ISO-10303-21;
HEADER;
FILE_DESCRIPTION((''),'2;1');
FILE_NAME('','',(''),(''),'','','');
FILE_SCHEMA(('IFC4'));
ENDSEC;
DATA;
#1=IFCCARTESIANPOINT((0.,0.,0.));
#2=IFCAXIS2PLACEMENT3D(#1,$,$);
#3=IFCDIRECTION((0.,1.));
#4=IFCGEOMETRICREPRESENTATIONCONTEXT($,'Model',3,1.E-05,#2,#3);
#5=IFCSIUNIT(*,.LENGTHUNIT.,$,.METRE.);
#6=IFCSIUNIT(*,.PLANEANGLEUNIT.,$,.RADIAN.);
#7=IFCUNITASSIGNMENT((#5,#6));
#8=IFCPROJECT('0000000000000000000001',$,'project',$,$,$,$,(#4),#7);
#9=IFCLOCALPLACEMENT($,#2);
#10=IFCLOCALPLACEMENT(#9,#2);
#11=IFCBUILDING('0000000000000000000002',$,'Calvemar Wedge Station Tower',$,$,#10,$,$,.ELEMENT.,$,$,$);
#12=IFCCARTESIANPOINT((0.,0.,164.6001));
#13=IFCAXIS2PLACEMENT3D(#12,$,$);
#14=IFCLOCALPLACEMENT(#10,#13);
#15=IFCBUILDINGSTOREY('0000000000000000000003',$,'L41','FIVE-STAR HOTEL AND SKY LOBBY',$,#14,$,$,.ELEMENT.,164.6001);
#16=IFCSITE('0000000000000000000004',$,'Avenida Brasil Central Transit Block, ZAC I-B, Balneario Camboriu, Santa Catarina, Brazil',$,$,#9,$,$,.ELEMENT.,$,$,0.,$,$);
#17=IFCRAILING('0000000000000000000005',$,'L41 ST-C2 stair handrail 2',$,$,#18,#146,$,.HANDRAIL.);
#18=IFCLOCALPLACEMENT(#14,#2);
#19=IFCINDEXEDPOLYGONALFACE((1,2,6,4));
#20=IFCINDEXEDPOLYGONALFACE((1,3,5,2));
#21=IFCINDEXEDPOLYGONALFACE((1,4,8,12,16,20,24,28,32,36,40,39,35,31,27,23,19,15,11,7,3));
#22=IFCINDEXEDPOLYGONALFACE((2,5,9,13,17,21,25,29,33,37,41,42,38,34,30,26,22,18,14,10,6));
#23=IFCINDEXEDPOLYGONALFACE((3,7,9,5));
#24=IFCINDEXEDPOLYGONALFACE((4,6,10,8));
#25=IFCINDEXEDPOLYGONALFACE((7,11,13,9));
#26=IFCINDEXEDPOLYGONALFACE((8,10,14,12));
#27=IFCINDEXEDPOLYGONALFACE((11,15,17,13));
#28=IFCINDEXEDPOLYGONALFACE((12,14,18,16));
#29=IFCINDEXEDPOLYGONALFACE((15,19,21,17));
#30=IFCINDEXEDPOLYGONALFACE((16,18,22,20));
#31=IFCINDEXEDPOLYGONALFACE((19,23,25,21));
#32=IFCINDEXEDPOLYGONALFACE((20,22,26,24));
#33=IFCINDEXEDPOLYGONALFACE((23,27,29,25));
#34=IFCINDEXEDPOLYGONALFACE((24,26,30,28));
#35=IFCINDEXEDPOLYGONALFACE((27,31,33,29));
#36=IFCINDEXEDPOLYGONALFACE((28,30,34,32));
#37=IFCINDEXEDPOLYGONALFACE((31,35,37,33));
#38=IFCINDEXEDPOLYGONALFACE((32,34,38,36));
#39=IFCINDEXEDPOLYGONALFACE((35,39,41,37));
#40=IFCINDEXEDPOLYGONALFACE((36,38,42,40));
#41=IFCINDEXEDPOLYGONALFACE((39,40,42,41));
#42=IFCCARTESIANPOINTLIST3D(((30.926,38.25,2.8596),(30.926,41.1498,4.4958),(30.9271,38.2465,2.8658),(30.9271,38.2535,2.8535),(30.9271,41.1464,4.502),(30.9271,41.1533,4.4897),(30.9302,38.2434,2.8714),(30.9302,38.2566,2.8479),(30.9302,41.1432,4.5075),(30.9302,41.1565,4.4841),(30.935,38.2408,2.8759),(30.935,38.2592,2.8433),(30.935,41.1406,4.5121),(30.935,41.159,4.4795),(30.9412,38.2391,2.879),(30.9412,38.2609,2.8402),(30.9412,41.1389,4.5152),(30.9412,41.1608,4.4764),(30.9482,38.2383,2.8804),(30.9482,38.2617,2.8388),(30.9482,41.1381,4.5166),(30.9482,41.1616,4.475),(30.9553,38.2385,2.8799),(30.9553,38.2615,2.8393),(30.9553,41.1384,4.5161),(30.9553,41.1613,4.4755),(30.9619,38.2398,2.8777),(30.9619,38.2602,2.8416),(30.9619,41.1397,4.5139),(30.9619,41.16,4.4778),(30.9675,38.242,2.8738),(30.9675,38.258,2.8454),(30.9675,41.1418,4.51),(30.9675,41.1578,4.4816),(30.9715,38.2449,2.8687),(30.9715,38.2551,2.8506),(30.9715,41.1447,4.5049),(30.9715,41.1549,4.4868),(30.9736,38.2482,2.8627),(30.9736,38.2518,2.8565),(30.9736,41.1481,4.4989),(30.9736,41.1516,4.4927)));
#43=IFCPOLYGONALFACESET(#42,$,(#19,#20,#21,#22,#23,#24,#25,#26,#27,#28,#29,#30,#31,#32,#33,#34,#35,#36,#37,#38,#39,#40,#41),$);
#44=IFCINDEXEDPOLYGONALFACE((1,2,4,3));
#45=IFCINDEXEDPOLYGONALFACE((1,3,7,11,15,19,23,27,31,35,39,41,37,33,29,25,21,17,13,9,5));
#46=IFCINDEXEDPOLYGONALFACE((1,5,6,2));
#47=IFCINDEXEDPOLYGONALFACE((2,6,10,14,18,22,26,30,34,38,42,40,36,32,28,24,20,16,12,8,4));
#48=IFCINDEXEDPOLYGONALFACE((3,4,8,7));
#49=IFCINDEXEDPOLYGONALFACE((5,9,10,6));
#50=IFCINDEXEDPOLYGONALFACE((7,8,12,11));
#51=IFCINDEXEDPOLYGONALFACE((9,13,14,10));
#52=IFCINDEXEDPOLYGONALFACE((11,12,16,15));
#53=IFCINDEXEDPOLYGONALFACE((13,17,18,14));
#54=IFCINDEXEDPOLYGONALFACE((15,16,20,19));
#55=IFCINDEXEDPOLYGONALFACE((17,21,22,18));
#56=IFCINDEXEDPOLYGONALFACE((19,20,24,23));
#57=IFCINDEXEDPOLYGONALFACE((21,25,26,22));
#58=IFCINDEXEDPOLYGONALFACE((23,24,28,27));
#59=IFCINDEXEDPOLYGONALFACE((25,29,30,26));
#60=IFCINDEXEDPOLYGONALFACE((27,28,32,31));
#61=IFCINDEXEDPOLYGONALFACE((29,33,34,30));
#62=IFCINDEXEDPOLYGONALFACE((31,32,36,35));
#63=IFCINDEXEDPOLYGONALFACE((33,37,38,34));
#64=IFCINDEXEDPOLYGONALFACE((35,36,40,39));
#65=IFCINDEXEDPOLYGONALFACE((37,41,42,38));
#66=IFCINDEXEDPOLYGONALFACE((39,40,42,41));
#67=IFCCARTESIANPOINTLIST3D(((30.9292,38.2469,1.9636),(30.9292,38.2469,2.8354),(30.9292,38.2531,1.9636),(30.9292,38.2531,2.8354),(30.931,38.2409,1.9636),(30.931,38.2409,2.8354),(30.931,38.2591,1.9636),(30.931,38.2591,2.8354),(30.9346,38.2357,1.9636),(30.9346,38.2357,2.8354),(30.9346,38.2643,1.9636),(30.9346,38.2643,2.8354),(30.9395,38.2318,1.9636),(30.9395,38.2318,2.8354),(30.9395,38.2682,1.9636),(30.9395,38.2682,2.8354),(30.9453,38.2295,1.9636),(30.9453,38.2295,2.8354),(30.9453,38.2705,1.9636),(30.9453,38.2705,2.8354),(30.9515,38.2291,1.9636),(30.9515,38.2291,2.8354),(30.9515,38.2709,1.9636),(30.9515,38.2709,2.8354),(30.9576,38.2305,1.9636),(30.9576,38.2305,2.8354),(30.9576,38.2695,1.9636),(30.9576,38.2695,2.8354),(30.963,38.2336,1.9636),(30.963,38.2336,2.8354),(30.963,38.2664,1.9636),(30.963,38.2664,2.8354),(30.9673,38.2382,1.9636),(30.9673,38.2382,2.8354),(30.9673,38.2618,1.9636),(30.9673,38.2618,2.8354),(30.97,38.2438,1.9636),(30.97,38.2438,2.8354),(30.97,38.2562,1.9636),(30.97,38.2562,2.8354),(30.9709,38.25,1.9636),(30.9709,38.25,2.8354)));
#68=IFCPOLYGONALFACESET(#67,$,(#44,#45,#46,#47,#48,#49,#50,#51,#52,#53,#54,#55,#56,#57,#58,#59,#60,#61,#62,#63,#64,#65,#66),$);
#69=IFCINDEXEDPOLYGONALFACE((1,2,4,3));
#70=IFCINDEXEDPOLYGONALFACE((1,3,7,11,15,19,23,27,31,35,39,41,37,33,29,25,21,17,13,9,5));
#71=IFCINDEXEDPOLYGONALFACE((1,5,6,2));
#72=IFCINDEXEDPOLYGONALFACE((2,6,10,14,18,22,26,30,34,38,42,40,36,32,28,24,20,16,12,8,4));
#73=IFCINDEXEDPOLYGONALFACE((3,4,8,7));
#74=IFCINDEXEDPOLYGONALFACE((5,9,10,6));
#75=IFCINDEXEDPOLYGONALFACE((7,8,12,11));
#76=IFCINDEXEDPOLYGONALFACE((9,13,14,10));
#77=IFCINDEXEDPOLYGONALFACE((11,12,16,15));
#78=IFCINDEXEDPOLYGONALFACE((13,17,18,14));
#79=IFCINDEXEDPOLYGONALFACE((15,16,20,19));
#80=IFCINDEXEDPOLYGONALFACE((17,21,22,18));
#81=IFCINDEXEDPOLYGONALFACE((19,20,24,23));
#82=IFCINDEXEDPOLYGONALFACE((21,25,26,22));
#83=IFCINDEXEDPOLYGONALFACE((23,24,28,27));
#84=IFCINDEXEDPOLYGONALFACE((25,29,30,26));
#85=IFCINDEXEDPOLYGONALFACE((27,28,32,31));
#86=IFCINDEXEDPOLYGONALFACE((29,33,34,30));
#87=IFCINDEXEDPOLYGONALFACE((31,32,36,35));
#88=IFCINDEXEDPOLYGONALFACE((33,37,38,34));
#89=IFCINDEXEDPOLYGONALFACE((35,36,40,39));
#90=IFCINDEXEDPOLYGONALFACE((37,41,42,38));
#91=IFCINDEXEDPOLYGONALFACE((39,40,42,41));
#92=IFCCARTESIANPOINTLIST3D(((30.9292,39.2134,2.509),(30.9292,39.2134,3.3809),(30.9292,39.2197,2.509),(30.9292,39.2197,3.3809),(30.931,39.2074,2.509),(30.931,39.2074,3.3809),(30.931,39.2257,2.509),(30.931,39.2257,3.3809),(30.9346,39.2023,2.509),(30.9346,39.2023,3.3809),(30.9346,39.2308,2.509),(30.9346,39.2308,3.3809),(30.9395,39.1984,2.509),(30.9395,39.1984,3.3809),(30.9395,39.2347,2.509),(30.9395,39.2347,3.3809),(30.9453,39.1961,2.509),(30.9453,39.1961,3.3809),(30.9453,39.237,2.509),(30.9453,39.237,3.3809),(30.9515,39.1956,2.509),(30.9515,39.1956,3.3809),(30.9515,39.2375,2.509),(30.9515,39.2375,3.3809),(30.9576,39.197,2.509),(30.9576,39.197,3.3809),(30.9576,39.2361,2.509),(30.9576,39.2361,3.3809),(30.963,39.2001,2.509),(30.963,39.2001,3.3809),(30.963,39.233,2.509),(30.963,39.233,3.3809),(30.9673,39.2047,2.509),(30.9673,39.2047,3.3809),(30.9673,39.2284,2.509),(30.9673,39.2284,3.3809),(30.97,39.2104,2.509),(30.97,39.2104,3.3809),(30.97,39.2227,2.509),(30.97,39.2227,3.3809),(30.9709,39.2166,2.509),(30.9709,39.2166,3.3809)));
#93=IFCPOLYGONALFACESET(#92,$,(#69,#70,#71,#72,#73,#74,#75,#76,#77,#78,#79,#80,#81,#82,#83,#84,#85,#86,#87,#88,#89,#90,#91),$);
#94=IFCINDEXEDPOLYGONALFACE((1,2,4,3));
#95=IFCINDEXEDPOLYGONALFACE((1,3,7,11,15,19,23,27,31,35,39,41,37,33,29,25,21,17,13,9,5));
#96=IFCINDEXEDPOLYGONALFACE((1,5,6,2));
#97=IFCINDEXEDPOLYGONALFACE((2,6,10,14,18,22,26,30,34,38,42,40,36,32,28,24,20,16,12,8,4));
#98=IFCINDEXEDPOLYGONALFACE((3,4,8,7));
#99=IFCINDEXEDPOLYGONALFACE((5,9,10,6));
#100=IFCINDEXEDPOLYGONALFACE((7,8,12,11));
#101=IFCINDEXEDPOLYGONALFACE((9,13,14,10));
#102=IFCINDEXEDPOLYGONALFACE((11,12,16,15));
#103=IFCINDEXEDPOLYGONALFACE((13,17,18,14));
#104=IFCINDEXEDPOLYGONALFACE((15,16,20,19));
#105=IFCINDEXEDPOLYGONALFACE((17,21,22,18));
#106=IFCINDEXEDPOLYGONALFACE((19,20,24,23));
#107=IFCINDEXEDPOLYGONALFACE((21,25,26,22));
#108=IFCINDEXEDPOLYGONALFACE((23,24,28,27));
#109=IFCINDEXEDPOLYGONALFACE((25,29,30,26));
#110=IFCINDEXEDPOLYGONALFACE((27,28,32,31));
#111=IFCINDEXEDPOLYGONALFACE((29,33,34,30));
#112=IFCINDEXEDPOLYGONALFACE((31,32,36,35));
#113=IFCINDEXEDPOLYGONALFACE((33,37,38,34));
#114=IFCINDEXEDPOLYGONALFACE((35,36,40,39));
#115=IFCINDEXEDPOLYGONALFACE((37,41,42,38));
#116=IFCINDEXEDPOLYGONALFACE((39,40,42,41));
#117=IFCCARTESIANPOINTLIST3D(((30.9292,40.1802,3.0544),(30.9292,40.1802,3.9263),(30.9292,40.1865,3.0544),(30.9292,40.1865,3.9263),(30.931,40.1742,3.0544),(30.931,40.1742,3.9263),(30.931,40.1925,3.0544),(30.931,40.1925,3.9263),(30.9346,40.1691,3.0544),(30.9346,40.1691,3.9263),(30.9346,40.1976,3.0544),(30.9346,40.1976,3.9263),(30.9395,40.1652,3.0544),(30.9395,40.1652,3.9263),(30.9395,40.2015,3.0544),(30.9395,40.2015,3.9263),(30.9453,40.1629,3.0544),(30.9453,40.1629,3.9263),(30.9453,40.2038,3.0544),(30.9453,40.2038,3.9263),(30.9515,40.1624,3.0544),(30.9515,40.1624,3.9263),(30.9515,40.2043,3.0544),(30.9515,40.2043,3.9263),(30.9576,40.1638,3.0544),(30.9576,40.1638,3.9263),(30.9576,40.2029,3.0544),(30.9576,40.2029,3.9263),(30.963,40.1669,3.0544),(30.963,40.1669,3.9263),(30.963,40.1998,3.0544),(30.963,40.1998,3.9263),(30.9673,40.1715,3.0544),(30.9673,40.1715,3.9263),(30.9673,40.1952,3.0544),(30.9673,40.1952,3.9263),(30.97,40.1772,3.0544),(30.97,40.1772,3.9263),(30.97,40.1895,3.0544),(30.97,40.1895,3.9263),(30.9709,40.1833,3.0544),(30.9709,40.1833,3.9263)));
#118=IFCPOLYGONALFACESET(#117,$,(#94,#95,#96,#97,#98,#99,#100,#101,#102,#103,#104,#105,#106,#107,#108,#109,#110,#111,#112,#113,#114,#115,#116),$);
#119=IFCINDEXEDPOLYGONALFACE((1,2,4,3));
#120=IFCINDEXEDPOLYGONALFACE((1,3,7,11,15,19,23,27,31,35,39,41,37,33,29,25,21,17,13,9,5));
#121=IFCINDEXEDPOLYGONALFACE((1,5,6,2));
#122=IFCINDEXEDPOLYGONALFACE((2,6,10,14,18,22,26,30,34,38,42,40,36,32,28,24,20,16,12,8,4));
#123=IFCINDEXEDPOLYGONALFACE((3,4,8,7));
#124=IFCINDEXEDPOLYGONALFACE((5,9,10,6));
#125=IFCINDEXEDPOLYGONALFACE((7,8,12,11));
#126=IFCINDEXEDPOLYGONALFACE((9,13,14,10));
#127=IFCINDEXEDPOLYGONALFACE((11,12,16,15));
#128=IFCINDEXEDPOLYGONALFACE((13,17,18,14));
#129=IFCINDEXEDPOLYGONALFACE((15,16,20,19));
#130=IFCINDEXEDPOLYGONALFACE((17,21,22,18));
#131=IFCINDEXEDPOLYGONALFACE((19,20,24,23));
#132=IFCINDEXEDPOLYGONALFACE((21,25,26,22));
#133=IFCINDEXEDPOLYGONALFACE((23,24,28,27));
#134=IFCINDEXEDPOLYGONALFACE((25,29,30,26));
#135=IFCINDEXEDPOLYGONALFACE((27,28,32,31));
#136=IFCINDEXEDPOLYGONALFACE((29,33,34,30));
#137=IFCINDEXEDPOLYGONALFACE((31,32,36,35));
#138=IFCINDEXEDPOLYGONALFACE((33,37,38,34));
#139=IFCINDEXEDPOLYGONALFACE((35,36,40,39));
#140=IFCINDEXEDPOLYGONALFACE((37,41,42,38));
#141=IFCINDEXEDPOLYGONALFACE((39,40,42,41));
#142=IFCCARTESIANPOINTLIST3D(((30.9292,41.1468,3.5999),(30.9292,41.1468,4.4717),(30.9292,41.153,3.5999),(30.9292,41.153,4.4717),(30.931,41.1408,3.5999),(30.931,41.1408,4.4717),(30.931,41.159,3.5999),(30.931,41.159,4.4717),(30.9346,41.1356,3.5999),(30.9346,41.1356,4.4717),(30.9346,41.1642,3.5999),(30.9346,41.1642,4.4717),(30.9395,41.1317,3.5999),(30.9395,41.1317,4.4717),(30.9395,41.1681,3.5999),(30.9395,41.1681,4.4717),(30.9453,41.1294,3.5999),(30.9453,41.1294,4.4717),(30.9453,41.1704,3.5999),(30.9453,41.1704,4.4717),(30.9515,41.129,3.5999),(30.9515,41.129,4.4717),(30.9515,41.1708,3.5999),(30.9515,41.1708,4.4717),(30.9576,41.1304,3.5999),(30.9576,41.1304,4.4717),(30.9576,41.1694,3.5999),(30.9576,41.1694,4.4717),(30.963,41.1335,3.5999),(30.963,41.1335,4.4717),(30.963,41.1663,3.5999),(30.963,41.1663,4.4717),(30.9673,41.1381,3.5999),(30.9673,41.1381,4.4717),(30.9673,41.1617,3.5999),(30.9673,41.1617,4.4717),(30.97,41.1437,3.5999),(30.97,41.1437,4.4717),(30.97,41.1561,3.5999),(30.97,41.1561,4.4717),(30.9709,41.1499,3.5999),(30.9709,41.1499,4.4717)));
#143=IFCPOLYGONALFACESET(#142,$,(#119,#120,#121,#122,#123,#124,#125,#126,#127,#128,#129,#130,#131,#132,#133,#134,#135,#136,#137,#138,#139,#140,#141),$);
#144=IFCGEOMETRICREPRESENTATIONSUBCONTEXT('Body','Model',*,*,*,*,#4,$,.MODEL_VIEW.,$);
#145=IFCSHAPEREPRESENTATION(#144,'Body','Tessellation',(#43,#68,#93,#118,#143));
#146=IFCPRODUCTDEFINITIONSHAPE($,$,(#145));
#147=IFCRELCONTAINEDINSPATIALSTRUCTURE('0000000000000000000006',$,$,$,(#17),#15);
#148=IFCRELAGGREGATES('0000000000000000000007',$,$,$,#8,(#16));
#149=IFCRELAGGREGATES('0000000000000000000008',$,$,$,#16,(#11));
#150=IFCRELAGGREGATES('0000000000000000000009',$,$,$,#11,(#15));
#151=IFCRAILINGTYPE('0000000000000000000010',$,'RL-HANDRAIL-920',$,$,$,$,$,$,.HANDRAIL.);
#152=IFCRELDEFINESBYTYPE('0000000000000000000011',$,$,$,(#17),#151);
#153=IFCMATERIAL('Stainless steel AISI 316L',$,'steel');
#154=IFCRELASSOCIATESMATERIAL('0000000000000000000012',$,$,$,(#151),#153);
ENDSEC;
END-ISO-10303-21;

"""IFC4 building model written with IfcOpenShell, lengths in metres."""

from ifc_helpers import new_model, si_unit, direction, frame, origin, origin_2d, place, context, subcontext, project, spatial, circle, extrude, material, type_object, element, save


model = new_model("IFC4")

# Units and contexts
model_context = context("Model", 3, precision=1e-05, world=origin(), true_north=direction((0.0, 1.0)))
body_context = subcontext(model_context, "Body", "Model", "MODEL_VIEW")
ifc_project = project(units=[si_unit("LENGTHUNIT", "METRE"), si_unit("PLANEANGLEUNIT", "RADIAN")], contexts=[model_context])

# Site, building, storey
site_placement = place(None, origin())
site = spatial("IfcSite", under=ifc_project, at=site_placement, Name="Avenida Brasil Central Transit Block, ZAC I-B, Balneario Camboriu, Santa Catarina, Brazil", CompositionType="ELEMENT", RefElevation=0.0)
building_placement = place(site_placement, origin())
building = spatial("IfcBuilding", under=site, at=building_placement, Name="Calvemar Wedge Station Tower", CompositionType="ELEMENT")
storey_placement = place(building_placement, frame((0.0, 0.0, 164.6001)))
storey = spatial("IfcBuildingStorey", under=building, at=storey_placement, Name="L41", Description="FIVE-STAR HOTEL AND SKY LOBBY", CompositionType="ELEMENT", Elevation=164.6001)

# Railing
ifc_material_1 = material(Name="Stainless steel AISI 316L", Category="steel")
railing_type_1 = type_object("IfcRailingType", Name="RL-HANDRAIL-920", PredefinedType="HANDRAIL", material=ifc_material_1)
railing_1_placement = place(storey_placement, frame((30.95, 38.25, 1.9636)))
element("IfcRailing", 1, at=railing_1_placement, inside=storey, type_object=railing_type_1, Name="L41 ST-C2 stair handrail 2", PredefinedType="HANDRAIL", context=body_context, shape_type="SweptSolid", body=[
    extrude(circle(Radius=0.0239, at=origin_2d()), frame((0.0, 0.0, 0.896), z_axis=(0.0, 0.870929, 0.49141), x_axis=(-1.0, 0.0, 0.0)), (0.0, 0.0, 1.0), 3.3296),
    extrude(circle(Radius=0.021, at=origin_2d()), origin(), (0.0, 0.0, 1.0), 0.8718),
    extrude(circle(Radius=0.021, at=origin_2d()), frame((0.0, 0.9666, 0.5454)), (0.0, 0.0, 1.0), 0.8718),
    extrude(circle(Radius=0.021, at=origin_2d()), frame((0.0, 1.9333, 1.0908)), (0.0, 0.0, 1.0), 0.8718),
    extrude(circle(Radius=0.021, at=origin_2d()), frame((0.0, 2.8999, 1.6362)), (0.0, 0.0, 1.0), 0.8718),
])

save(model, "model.ifc")
